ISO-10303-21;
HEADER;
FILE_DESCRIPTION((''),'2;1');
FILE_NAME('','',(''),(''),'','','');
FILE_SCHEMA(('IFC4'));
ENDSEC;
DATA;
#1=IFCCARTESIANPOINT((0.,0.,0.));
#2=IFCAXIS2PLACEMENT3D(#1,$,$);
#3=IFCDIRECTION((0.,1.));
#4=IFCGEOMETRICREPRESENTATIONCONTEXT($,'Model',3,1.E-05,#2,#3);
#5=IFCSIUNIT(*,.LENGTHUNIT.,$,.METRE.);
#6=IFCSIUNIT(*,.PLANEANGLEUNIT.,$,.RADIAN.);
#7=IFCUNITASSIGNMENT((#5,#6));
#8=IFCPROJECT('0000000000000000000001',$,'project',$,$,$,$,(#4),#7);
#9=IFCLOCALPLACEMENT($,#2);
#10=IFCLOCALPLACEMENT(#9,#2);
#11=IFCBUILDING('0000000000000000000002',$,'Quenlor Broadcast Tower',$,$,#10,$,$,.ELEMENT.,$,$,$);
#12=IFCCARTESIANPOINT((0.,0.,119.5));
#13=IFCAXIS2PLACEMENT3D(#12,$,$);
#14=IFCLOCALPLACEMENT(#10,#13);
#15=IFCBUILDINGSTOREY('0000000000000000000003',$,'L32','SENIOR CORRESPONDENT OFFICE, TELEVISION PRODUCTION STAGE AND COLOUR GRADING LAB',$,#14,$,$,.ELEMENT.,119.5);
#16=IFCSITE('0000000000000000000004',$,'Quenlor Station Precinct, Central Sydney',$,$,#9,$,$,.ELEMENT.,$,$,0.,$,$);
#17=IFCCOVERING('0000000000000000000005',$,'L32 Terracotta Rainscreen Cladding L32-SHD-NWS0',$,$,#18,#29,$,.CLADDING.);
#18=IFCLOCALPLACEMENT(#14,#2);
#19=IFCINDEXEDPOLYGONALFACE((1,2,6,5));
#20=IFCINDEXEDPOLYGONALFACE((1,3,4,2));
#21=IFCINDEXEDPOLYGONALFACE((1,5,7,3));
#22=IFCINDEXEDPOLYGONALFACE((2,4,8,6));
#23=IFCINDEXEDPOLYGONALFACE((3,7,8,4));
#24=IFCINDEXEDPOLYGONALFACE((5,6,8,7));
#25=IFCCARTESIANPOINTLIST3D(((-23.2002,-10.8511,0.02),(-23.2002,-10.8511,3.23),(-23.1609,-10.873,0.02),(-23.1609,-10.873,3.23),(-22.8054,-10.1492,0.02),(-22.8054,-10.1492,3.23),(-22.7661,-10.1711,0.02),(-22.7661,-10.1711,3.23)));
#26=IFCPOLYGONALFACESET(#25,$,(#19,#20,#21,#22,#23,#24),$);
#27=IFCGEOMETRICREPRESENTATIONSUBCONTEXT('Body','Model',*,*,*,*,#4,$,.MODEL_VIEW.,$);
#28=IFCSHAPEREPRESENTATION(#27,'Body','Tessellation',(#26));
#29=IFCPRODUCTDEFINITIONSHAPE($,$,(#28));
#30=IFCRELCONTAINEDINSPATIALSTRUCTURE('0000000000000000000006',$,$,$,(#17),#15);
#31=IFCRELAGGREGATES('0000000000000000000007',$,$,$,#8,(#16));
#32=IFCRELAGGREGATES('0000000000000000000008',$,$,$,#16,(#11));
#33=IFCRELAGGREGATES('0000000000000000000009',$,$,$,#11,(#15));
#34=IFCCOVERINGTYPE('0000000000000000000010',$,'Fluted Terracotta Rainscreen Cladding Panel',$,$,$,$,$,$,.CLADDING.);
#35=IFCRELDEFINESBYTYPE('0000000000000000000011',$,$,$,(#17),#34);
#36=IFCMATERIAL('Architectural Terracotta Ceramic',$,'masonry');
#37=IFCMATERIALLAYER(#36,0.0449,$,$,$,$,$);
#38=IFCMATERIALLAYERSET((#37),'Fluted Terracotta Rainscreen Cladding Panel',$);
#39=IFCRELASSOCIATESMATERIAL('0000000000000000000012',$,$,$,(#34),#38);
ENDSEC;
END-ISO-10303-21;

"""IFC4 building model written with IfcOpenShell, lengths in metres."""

from ifc_helpers import new_model, si_unit, direction, frame, origin, place, context, subcontext, project, spatial, polyline, outline, extrude, material, layer, layer_set, type_object, element, save


model = new_model("IFC4")

# Units and contexts
model_context = context("Model", 3, precision=1e-05, world=origin(), true_north=direction((0.0, 1.0)))
body_context = subcontext(model_context, "Body", "Model", "MODEL_VIEW")
ifc_project = project(units=[si_unit("LENGTHUNIT", "METRE"), si_unit("PLANEANGLEUNIT", "RADIAN")], contexts=[model_context])

# Site, building, storey
site_placement = place(None, origin())
site = spatial("IfcSite", under=ifc_project, at=site_placement, Name="Quenlor Station Precinct, Central Sydney", CompositionType="ELEMENT", RefElevation=0.0)
building_placement = place(site_placement, origin())
building = spatial("IfcBuilding", under=site, at=building_placement, Name="Quenlor Broadcast Tower", CompositionType="ELEMENT")
storey_placement = place(building_placement, frame((0.0, 0.0, 119.5)))
storey = spatial("IfcBuildingStorey", under=building, at=storey_placement, Name="L32", Description="SENIOR CORRESPONDENT OFFICE, TELEVISION PRODUCTION STAGE AND COLOUR GRADING LAB", CompositionType="ELEMENT", Elevation=119.5)

# Covering
ifc_material_1 = material(Name="Architectural Terracotta Ceramic", Category="masonry")
ifc_layer_1 = layer(ifc_material_1, 0.0449)
ifc_layer_set_1 = layer_set([ifc_layer_1], Name="Fluted Terracotta Rainscreen Cladding Panel")
covering_type = type_object("IfcCoveringType", Name="Fluted Terracotta Rainscreen Cladding Panel", PredefinedType="CLADDING", material=ifc_layer_set_1)
covering_1_placement = place(storey_placement, frame((0.0, 0.0, 0.02)))
element("IfcCovering", 1, at=covering_1_placement, inside=storey, type_object=covering_type, Name="L32 Terracotta Rainscreen Cladding L32-SHD-NWS0", PredefinedType="CLADDING", context=body_context, shape_type="SweptSolid", body=[
    extrude(outline(polyline([(-23.1609, -10.873), (-22.7661, -10.1711), (-22.8054, -10.1492), (-23.2002, -10.8511), (-23.1609, -10.873)])), origin(), (0.0, 0.0, 1.0), 3.21),
])

save(model, "model.ifc")
